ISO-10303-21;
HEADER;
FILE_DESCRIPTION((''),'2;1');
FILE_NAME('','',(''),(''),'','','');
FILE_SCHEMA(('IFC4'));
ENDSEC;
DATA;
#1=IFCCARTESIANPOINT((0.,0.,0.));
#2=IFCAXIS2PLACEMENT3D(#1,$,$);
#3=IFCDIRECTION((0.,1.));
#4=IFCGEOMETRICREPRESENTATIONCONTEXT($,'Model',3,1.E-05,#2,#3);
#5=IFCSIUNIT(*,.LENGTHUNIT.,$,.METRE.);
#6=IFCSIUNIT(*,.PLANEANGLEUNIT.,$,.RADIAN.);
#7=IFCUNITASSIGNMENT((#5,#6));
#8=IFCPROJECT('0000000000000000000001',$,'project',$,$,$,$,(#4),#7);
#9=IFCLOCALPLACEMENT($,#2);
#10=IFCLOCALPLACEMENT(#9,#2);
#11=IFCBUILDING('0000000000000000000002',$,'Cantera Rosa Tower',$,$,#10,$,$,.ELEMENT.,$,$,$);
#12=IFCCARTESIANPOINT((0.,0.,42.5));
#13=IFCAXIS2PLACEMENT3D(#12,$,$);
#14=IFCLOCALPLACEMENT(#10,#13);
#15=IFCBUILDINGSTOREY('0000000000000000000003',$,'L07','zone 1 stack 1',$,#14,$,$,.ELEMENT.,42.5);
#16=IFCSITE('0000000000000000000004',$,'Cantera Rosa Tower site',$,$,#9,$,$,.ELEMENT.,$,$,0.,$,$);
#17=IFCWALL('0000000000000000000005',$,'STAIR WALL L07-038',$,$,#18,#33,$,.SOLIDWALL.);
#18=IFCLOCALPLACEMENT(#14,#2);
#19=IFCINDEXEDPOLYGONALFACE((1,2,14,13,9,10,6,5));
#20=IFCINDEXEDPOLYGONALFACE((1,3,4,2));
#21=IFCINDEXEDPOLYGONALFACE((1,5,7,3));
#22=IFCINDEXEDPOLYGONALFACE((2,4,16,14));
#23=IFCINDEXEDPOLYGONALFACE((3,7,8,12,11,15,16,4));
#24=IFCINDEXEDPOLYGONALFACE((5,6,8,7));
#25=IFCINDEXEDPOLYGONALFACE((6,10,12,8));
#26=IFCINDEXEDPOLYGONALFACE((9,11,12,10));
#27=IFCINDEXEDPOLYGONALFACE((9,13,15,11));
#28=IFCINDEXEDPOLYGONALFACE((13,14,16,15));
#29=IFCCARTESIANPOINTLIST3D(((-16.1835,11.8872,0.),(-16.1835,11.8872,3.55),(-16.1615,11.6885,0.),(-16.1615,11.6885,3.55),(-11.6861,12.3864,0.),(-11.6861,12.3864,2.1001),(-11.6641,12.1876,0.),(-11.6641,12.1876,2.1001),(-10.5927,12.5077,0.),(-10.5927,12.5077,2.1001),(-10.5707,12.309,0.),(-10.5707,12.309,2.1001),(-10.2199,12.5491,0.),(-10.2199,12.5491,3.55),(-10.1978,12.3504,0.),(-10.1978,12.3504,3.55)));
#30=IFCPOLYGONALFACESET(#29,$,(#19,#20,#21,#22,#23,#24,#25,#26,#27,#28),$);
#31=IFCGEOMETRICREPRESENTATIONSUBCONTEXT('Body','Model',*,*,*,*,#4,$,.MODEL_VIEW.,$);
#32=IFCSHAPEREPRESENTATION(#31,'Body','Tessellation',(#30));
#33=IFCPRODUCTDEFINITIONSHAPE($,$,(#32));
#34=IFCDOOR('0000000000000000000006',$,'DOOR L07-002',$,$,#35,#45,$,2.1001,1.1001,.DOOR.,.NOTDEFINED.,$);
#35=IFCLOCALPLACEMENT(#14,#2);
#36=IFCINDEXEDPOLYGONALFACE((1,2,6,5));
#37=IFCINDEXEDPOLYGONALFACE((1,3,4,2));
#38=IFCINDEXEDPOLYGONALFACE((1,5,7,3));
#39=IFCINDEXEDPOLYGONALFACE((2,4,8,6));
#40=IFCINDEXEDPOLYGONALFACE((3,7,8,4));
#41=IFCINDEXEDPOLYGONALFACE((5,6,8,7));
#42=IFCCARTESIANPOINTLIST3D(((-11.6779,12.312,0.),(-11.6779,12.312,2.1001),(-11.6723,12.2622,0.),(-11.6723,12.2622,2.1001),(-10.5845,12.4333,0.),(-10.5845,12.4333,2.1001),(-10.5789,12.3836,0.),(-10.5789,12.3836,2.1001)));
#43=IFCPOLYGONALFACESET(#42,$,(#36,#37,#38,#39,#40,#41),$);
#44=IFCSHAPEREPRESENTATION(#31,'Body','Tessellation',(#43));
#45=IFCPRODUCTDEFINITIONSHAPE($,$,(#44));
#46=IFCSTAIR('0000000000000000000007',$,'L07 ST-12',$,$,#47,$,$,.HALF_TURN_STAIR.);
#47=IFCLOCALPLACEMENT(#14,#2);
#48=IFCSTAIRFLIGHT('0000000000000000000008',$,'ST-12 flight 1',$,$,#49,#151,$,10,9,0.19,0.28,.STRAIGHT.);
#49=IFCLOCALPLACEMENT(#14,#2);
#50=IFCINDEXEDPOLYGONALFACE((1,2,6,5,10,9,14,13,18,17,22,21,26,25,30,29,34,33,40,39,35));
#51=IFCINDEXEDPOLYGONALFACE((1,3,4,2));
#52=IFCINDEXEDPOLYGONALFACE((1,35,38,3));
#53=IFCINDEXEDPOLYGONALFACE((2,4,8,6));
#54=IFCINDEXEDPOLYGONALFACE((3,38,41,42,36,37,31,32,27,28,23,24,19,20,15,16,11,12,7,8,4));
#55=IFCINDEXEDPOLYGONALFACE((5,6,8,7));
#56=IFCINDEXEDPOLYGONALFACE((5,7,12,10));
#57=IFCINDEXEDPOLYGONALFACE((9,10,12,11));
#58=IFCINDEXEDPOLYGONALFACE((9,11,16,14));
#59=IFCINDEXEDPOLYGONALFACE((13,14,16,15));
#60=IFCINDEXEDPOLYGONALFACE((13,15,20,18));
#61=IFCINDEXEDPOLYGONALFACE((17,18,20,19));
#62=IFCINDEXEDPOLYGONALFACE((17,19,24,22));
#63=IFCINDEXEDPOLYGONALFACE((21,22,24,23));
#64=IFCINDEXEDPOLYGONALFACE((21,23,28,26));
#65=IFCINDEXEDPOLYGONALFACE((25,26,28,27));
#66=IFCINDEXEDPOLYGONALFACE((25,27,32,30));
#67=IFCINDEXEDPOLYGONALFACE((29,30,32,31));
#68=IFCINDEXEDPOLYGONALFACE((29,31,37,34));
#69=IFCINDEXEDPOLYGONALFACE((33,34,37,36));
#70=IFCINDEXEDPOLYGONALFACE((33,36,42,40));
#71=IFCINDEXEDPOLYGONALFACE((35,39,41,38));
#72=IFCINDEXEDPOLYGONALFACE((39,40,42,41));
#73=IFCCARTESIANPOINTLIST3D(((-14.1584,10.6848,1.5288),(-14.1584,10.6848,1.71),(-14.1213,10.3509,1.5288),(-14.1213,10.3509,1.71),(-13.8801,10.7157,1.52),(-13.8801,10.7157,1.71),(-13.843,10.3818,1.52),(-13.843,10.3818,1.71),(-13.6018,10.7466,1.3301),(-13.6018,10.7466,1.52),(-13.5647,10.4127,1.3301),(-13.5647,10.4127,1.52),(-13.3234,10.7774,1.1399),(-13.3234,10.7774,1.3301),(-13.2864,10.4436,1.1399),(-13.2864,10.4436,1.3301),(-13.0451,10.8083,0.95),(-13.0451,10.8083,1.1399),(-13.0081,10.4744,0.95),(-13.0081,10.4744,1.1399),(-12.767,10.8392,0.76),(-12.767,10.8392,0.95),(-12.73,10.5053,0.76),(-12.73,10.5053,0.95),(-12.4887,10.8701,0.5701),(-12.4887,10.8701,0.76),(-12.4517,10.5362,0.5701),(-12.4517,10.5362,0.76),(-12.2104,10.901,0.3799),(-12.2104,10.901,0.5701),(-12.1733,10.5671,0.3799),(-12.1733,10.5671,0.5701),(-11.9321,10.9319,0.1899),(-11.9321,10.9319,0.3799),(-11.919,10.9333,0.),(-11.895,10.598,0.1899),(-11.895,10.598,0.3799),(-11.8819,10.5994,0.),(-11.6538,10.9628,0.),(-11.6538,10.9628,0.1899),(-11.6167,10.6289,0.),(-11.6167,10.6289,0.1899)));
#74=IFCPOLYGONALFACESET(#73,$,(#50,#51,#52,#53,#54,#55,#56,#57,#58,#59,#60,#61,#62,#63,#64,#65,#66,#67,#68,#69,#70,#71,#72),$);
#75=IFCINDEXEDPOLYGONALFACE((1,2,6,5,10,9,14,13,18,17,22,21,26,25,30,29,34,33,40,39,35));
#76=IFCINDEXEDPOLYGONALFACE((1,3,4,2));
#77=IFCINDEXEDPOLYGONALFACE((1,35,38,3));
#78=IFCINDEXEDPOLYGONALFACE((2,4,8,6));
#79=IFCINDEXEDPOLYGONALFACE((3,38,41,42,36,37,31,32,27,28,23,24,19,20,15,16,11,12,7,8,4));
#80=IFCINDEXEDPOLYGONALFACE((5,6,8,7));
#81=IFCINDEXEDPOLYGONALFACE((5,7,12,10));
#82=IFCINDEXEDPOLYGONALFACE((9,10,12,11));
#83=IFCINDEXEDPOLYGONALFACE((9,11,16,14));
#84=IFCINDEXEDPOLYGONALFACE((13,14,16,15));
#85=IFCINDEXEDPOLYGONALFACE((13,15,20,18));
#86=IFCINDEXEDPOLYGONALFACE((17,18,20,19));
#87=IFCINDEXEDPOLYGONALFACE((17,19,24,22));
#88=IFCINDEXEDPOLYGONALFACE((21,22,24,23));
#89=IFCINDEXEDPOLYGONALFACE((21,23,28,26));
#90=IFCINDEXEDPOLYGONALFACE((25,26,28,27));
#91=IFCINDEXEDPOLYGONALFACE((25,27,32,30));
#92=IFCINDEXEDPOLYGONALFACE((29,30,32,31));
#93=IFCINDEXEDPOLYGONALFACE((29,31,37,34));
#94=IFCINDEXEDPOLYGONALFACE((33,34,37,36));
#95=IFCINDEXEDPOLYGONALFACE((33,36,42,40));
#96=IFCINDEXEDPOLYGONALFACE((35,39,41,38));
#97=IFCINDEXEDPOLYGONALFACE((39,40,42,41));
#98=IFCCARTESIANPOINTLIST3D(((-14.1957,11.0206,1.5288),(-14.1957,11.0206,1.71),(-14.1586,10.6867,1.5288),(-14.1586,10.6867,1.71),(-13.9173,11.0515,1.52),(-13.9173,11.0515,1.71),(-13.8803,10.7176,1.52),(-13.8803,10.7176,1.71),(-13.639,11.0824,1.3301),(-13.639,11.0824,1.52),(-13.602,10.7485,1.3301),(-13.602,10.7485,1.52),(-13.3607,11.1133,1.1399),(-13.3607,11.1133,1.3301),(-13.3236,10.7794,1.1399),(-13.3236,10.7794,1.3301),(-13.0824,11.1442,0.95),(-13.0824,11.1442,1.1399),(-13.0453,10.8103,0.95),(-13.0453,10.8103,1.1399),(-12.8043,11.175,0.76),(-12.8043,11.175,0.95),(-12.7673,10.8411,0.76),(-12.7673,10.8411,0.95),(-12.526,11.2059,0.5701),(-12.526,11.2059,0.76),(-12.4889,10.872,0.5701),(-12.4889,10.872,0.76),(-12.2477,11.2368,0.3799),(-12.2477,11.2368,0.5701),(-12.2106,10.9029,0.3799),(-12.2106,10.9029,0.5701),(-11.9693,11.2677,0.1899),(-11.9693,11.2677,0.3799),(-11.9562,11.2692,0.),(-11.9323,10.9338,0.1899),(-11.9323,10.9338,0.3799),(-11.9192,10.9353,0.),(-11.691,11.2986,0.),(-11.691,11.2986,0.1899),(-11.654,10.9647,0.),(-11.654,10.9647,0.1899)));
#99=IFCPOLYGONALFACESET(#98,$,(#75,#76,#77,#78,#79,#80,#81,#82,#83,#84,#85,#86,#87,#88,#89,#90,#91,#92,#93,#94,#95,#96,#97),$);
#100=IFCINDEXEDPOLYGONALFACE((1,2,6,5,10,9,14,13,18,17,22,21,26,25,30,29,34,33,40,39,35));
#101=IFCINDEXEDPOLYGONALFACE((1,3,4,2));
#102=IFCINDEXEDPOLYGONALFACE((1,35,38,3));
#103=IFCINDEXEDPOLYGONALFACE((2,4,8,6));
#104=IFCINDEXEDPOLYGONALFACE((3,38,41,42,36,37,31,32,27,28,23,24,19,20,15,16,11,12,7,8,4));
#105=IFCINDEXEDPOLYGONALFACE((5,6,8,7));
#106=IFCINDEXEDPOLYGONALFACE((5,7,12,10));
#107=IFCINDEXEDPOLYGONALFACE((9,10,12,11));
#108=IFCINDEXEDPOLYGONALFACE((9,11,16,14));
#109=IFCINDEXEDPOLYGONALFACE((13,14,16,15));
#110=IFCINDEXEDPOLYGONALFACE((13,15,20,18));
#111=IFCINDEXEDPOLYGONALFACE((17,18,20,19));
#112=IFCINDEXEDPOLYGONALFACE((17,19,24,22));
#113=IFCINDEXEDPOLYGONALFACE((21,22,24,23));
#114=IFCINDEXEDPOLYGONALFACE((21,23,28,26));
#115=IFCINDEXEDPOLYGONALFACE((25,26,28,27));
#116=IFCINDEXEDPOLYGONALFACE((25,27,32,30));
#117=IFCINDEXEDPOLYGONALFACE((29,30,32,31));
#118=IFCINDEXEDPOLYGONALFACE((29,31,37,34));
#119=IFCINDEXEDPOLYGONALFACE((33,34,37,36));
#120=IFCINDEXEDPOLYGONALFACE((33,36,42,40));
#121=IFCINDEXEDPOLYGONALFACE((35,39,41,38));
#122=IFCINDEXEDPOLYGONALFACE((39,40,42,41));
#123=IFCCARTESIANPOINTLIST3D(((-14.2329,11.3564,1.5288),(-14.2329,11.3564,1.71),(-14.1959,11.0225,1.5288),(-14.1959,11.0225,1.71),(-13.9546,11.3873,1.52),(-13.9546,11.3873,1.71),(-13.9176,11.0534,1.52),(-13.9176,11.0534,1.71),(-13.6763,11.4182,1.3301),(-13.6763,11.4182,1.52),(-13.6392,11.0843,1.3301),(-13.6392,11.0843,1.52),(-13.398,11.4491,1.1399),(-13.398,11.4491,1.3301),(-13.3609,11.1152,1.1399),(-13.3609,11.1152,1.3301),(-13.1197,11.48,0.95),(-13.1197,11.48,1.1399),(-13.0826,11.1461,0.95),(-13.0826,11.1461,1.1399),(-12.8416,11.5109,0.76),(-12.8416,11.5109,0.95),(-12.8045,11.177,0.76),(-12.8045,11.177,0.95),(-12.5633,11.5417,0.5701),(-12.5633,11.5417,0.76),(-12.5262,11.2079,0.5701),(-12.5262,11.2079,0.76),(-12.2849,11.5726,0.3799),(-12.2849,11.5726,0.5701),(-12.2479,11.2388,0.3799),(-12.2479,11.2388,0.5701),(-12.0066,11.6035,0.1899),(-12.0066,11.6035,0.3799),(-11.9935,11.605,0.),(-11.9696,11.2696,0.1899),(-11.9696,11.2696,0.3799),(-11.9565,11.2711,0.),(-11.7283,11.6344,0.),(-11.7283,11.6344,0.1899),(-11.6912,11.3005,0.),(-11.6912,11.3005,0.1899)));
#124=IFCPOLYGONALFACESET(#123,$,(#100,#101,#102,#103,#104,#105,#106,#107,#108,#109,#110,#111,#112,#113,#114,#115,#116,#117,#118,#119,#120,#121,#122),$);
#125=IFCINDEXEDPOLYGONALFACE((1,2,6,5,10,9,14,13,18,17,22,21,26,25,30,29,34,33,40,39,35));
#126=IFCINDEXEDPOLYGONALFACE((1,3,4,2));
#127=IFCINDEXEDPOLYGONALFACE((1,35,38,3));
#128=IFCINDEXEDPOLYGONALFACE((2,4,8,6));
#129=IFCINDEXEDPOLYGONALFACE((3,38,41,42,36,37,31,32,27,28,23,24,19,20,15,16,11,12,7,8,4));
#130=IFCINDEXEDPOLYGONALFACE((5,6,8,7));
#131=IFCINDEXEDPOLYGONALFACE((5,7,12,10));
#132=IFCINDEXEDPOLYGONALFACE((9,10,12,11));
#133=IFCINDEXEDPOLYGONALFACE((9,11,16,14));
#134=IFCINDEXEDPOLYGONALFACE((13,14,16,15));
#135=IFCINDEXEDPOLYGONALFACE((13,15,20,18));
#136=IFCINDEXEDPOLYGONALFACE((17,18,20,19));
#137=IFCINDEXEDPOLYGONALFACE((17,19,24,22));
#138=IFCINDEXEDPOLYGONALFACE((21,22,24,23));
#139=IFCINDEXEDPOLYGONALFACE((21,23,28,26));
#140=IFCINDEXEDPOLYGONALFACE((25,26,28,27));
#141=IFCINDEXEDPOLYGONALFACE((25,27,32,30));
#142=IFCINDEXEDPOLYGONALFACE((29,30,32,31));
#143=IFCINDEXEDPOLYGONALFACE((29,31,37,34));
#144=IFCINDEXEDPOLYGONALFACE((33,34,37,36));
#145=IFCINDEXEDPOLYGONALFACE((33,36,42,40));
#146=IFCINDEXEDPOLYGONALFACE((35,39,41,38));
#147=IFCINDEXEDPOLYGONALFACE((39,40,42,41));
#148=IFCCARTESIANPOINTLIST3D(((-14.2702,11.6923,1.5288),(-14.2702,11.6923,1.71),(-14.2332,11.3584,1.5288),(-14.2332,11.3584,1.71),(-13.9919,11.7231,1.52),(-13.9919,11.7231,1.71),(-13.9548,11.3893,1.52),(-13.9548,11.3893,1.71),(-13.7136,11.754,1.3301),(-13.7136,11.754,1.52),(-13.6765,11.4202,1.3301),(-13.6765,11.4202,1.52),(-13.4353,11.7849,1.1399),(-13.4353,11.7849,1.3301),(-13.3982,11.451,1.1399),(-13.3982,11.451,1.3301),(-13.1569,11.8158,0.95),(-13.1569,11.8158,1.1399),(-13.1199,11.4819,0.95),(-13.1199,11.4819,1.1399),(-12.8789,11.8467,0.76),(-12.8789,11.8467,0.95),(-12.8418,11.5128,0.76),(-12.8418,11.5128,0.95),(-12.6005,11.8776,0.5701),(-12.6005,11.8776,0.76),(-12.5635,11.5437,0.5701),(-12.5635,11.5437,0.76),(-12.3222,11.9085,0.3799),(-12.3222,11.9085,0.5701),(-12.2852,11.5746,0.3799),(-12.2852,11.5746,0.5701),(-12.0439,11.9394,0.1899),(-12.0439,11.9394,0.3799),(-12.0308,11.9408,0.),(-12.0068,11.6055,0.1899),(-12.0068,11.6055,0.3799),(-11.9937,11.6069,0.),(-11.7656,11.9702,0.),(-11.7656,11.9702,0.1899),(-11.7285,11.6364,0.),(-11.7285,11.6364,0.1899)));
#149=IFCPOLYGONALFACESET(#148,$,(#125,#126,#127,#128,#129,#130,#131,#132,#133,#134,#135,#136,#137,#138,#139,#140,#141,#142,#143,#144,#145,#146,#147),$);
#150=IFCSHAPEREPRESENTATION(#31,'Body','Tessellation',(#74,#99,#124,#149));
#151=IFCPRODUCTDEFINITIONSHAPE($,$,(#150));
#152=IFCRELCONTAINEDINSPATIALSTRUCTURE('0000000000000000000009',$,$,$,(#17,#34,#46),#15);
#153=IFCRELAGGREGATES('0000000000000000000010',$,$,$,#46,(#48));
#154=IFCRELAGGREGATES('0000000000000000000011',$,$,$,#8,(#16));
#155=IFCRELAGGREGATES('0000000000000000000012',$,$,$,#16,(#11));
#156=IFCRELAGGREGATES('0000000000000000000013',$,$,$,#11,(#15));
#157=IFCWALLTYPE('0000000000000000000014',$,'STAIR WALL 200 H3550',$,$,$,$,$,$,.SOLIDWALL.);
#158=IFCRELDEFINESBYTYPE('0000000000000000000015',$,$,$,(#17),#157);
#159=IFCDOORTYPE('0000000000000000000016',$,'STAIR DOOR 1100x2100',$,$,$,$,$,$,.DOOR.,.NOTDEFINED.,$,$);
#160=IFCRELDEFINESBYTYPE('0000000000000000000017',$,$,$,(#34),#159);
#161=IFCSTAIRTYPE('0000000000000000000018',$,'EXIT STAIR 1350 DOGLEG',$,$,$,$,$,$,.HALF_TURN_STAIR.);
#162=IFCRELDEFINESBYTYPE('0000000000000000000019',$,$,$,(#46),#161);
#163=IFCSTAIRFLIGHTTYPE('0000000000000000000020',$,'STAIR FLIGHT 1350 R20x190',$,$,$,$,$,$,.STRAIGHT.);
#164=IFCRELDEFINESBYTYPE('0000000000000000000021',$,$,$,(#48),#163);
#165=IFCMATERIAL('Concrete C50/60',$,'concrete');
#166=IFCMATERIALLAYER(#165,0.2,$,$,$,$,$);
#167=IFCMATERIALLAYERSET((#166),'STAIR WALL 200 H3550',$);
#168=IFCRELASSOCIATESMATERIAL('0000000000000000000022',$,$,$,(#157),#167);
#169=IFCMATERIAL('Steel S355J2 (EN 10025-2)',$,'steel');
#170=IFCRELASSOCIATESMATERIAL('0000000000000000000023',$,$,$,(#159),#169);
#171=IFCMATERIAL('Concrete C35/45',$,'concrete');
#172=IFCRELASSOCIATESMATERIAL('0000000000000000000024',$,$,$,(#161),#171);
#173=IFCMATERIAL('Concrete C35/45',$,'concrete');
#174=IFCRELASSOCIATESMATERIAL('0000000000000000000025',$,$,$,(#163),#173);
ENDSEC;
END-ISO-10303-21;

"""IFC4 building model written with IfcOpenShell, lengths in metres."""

from ifc_helpers import new_model, si_unit, direction, frame, frame_2d, origin, place, context, subcontext, project, spatial, polyline, rectangle, outline, extrude, material, layer, layer_set, type_object, element, fill, aggregate, save


model = new_model("IFC4")

# Units and contexts
model_context = context("Model", 3, precision=1e-05, world=origin(), true_north=direction((0.0, 1.0)))
body_context = subcontext(model_context, "Body", "Model", "MODEL_VIEW")
ifc_project = project(units=[si_unit("LENGTHUNIT", "METRE"), si_unit("PLANEANGLEUNIT", "RADIAN")], contexts=[model_context])

# Site, building, storey
site_placement = place(None, origin())
site = spatial("IfcSite", under=ifc_project, at=site_placement, Name="Cantera Rosa Tower site", CompositionType="ELEMENT", RefElevation=0.0)
building_placement = place(site_placement, origin())
building = spatial("IfcBuilding", under=site, at=building_placement, Name="Cantera Rosa Tower", CompositionType="ELEMENT")
storey_placement = place(building_placement, frame((0.0, 0.0, 42.5)))
storey = spatial("IfcBuildingStorey", under=building, at=storey_placement, Name="L07", Description="zone 1 stack 1", CompositionType="ELEMENT", Elevation=42.5)

# Wall, opening, door
ifc_material_1 = material(Name="Concrete C50/60", Category="concrete")
ifc_layer_1 = layer(ifc_material_1, 0.2)
ifc_layer_set_1 = layer_set([ifc_layer_1], Name="STAIR WALL 200 H3550")
wall_type_1 = type_object("IfcWallType", Name="STAIR WALL 200 H3550", PredefinedType="SOLIDWALL", material=ifc_layer_set_1)
wall_1_placement = place(storey_placement, frame((-10.209, 12.4497, 0.0), z_axis=(0.0, 0.0, 1.0), x_axis=(-0.993898, -0.110306, 0.0)))
wall_1 = element("IfcWall", 1, at=wall_1_placement, inside=storey, type_object=wall_type_1, Name="STAIR WALL L07-038", PredefinedType="SOLIDWALL", context=body_context, shape_type="SweptSolid", body=[
    extrude(rectangle(XDim=6.0002, YDim=0.2, at=frame_2d((3.0, 0.0))), origin(), (0.0, 0.0, 1.0), 3.55),
])
opening_1_placement = place(wall_1_placement, frame((0.375, 0.0, 0.0)))
opening_1 = element("IfcOpeningElement", 2, at=opening_1_placement, cuts=wall_1, PredefinedType="OPENING", context=body_context, shape_type="SweptSolid", body=[
    extrude(rectangle(XDim=1.1001, YDim=2.1001, at=frame_2d((0.55, 1.05))), frame((0.0, 0.1099, 0.0), z_axis=(0.0, -1.0, 0.0), x_axis=(1.0, 0.0, 0.0)), (0.0, 0.0, 1.0), 0.22),
])
ifc_material_2 = material(Name="Steel S355J2 (EN 10025-2)", Category="steel")
door_type_1 = type_object("IfcDoorType", Name="STAIR DOOR 1100x2100", OperationType="NOTDEFINED", PredefinedType="DOOR", material=ifc_material_2)
door_1_placement = place(opening_1_placement, origin())
door_1 = element("IfcDoor", 3, at=door_1_placement, inside=storey, type_object=door_type_1, Name="DOOR L07-002", OperationType="NOTDEFINED", OverallHeight=2.1001, OverallWidth=1.1001, PredefinedType="DOOR", context=body_context, shape_type="SweptSolid", body=[
    extrude(rectangle(XDim=1.1001, YDim=2.1001, at=frame_2d((0.55, 1.05))), frame((0.0, 0.0249, 0.0), z_axis=(0.0, -1.0, 0.0), x_axis=(1.0, 0.0, 0.0)), (0.0, 0.0, 1.0), 0.05),
])
fill(opening_1, door_1)

# Stair, stair flight
ifc_material_3 = material(Name="Concrete C35/45", Category="concrete")
stair_type = type_object("IfcStairType", Name="EXIT STAIR 1350 DOGLEG", PredefinedType="HALF_TURN_STAIR", material=ifc_material_3)
stair_placement = place(storey_placement, origin())
stair = element("IfcStair", 4, at=stair_placement, inside=storey, type_object=stair_type, Name="L07 ST-12", PredefinedType="HALF_TURN_STAIR")
ifc_material_4 = material(Name="Concrete C35/45", Category="concrete")
stair_flight_type = type_object("IfcStairFlightType", Name="STAIR FLIGHT 1350 R20x190", PredefinedType="STRAIGHT", material=ifc_material_4)
stair_flight_placement = place(storey_placement, frame((-11.6912, 11.2998, 0.0), z_axis=(0.0, 0.0, 1.0), x_axis=(-0.993897, -0.110313, 0.0)))
stair_flight = element("IfcStairFlight", 5, at=stair_flight_placement, type_object=stair_flight_type, Name="ST-12 flight 1", NumberOfRisers=10, NumberOfTreads=9, PredefinedType="STRAIGHT", RiserHeight=0.19, TreadLength=0.28, context=body_context, shape_type="SweptSolid", body=[
    extrude(outline(polyline([(0.0, 0.0), (0.0, 0.1899), (0.28, 0.1899), (0.28, 0.3799), (0.5601, 0.3799), (0.5601, 0.5701), (0.8401, 0.5701), (0.8401, 0.76), (1.1201, 0.76), (1.1201, 0.95), (1.3999, 0.95), (1.3999, 1.1399), (1.6799, 1.1399), (1.6799, 1.3301), (1.96, 1.3301), (1.96, 1.52), (2.24, 1.52), (2.24, 1.71), (2.52, 1.71), (2.52, 1.8999), (2.52, 1.5288), (0.2668, 0.0), (0.0, 0.0)])), frame((0.0, 0.675, 0.0), z_axis=(0.0, -1.0, 0.0), x_axis=(1.0, 0.0, 0.0)), (0.0, 0.0, 1.0), 0.3359),
    extrude(outline(polyline([(0.0, 0.0), (0.0, 0.1899), (0.28, 0.1899), (0.28, 0.3799), (0.5601, 0.3799), (0.5601, 0.5701), (0.8401, 0.5701), (0.8401, 0.76), (1.1201, 0.76), (1.1201, 0.95), (1.3999, 0.95), (1.3999, 1.1399), (1.6799, 1.1399), (1.6799, 1.3301), (1.96, 1.3301), (1.96, 1.52), (2.24, 1.52), (2.24, 1.71), (2.52, 1.71), (2.52, 1.8999), (2.52, 1.5288), (0.2668, 0.0), (0.0, 0.0)])), frame((0.0, 0.3372, 0.0), z_axis=(0.0, -1.0, 0.0), x_axis=(1.0, 0.0, 0.0)), (0.0, 0.0, 1.0), 0.3359),
    extrude(outline(polyline([(0.0, 0.0), (0.0, 0.1899), (0.28, 0.1899), (0.28, 0.3799), (0.5601, 0.3799), (0.5601, 0.5701), (0.8401, 0.5701), (0.8401, 0.76), (1.1201, 0.76), (1.1201, 0.95), (1.3999, 0.95), (1.3999, 1.1399), (1.6799, 1.1399), (1.6799, 1.3301), (1.96, 1.3301), (1.96, 1.52), (2.24, 1.52), (2.24, 1.71), (2.52, 1.71), (2.52, 1.8999), (2.52, 1.5288), (0.2668, 0.0), (0.0, 0.0)])), frame((0.0, -0.0007, 0.0), z_axis=(0.0, -1.0, 0.0), x_axis=(1.0, 0.0, 0.0)), (0.0, 0.0, 1.0), 0.3359),
    extrude(outline(polyline([(0.0, 0.0), (0.0, 0.1899), (0.28, 0.1899), (0.28, 0.3799), (0.5601, 0.3799), (0.5601, 0.5701), (0.8401, 0.5701), (0.8401, 0.76), (1.1201, 0.76), (1.1201, 0.95), (1.3999, 0.95), (1.3999, 1.1399), (1.6799, 1.1399), (1.6799, 1.3301), (1.96, 1.3301), (1.96, 1.52), (2.24, 1.52), (2.24, 1.71), (2.52, 1.71), (2.52, 1.8999), (2.52, 1.5288), (0.2668, 0.0), (0.0, 0.0)])), frame((0.0, -0.3386, 0.0), z_axis=(0.0, -1.0, 0.0), x_axis=(1.0, 0.0, 0.0)), (0.0, 0.0, 1.0), 0.3359),
])
aggregate(stair, [stair_flight])

save(model, "model.ifc")
